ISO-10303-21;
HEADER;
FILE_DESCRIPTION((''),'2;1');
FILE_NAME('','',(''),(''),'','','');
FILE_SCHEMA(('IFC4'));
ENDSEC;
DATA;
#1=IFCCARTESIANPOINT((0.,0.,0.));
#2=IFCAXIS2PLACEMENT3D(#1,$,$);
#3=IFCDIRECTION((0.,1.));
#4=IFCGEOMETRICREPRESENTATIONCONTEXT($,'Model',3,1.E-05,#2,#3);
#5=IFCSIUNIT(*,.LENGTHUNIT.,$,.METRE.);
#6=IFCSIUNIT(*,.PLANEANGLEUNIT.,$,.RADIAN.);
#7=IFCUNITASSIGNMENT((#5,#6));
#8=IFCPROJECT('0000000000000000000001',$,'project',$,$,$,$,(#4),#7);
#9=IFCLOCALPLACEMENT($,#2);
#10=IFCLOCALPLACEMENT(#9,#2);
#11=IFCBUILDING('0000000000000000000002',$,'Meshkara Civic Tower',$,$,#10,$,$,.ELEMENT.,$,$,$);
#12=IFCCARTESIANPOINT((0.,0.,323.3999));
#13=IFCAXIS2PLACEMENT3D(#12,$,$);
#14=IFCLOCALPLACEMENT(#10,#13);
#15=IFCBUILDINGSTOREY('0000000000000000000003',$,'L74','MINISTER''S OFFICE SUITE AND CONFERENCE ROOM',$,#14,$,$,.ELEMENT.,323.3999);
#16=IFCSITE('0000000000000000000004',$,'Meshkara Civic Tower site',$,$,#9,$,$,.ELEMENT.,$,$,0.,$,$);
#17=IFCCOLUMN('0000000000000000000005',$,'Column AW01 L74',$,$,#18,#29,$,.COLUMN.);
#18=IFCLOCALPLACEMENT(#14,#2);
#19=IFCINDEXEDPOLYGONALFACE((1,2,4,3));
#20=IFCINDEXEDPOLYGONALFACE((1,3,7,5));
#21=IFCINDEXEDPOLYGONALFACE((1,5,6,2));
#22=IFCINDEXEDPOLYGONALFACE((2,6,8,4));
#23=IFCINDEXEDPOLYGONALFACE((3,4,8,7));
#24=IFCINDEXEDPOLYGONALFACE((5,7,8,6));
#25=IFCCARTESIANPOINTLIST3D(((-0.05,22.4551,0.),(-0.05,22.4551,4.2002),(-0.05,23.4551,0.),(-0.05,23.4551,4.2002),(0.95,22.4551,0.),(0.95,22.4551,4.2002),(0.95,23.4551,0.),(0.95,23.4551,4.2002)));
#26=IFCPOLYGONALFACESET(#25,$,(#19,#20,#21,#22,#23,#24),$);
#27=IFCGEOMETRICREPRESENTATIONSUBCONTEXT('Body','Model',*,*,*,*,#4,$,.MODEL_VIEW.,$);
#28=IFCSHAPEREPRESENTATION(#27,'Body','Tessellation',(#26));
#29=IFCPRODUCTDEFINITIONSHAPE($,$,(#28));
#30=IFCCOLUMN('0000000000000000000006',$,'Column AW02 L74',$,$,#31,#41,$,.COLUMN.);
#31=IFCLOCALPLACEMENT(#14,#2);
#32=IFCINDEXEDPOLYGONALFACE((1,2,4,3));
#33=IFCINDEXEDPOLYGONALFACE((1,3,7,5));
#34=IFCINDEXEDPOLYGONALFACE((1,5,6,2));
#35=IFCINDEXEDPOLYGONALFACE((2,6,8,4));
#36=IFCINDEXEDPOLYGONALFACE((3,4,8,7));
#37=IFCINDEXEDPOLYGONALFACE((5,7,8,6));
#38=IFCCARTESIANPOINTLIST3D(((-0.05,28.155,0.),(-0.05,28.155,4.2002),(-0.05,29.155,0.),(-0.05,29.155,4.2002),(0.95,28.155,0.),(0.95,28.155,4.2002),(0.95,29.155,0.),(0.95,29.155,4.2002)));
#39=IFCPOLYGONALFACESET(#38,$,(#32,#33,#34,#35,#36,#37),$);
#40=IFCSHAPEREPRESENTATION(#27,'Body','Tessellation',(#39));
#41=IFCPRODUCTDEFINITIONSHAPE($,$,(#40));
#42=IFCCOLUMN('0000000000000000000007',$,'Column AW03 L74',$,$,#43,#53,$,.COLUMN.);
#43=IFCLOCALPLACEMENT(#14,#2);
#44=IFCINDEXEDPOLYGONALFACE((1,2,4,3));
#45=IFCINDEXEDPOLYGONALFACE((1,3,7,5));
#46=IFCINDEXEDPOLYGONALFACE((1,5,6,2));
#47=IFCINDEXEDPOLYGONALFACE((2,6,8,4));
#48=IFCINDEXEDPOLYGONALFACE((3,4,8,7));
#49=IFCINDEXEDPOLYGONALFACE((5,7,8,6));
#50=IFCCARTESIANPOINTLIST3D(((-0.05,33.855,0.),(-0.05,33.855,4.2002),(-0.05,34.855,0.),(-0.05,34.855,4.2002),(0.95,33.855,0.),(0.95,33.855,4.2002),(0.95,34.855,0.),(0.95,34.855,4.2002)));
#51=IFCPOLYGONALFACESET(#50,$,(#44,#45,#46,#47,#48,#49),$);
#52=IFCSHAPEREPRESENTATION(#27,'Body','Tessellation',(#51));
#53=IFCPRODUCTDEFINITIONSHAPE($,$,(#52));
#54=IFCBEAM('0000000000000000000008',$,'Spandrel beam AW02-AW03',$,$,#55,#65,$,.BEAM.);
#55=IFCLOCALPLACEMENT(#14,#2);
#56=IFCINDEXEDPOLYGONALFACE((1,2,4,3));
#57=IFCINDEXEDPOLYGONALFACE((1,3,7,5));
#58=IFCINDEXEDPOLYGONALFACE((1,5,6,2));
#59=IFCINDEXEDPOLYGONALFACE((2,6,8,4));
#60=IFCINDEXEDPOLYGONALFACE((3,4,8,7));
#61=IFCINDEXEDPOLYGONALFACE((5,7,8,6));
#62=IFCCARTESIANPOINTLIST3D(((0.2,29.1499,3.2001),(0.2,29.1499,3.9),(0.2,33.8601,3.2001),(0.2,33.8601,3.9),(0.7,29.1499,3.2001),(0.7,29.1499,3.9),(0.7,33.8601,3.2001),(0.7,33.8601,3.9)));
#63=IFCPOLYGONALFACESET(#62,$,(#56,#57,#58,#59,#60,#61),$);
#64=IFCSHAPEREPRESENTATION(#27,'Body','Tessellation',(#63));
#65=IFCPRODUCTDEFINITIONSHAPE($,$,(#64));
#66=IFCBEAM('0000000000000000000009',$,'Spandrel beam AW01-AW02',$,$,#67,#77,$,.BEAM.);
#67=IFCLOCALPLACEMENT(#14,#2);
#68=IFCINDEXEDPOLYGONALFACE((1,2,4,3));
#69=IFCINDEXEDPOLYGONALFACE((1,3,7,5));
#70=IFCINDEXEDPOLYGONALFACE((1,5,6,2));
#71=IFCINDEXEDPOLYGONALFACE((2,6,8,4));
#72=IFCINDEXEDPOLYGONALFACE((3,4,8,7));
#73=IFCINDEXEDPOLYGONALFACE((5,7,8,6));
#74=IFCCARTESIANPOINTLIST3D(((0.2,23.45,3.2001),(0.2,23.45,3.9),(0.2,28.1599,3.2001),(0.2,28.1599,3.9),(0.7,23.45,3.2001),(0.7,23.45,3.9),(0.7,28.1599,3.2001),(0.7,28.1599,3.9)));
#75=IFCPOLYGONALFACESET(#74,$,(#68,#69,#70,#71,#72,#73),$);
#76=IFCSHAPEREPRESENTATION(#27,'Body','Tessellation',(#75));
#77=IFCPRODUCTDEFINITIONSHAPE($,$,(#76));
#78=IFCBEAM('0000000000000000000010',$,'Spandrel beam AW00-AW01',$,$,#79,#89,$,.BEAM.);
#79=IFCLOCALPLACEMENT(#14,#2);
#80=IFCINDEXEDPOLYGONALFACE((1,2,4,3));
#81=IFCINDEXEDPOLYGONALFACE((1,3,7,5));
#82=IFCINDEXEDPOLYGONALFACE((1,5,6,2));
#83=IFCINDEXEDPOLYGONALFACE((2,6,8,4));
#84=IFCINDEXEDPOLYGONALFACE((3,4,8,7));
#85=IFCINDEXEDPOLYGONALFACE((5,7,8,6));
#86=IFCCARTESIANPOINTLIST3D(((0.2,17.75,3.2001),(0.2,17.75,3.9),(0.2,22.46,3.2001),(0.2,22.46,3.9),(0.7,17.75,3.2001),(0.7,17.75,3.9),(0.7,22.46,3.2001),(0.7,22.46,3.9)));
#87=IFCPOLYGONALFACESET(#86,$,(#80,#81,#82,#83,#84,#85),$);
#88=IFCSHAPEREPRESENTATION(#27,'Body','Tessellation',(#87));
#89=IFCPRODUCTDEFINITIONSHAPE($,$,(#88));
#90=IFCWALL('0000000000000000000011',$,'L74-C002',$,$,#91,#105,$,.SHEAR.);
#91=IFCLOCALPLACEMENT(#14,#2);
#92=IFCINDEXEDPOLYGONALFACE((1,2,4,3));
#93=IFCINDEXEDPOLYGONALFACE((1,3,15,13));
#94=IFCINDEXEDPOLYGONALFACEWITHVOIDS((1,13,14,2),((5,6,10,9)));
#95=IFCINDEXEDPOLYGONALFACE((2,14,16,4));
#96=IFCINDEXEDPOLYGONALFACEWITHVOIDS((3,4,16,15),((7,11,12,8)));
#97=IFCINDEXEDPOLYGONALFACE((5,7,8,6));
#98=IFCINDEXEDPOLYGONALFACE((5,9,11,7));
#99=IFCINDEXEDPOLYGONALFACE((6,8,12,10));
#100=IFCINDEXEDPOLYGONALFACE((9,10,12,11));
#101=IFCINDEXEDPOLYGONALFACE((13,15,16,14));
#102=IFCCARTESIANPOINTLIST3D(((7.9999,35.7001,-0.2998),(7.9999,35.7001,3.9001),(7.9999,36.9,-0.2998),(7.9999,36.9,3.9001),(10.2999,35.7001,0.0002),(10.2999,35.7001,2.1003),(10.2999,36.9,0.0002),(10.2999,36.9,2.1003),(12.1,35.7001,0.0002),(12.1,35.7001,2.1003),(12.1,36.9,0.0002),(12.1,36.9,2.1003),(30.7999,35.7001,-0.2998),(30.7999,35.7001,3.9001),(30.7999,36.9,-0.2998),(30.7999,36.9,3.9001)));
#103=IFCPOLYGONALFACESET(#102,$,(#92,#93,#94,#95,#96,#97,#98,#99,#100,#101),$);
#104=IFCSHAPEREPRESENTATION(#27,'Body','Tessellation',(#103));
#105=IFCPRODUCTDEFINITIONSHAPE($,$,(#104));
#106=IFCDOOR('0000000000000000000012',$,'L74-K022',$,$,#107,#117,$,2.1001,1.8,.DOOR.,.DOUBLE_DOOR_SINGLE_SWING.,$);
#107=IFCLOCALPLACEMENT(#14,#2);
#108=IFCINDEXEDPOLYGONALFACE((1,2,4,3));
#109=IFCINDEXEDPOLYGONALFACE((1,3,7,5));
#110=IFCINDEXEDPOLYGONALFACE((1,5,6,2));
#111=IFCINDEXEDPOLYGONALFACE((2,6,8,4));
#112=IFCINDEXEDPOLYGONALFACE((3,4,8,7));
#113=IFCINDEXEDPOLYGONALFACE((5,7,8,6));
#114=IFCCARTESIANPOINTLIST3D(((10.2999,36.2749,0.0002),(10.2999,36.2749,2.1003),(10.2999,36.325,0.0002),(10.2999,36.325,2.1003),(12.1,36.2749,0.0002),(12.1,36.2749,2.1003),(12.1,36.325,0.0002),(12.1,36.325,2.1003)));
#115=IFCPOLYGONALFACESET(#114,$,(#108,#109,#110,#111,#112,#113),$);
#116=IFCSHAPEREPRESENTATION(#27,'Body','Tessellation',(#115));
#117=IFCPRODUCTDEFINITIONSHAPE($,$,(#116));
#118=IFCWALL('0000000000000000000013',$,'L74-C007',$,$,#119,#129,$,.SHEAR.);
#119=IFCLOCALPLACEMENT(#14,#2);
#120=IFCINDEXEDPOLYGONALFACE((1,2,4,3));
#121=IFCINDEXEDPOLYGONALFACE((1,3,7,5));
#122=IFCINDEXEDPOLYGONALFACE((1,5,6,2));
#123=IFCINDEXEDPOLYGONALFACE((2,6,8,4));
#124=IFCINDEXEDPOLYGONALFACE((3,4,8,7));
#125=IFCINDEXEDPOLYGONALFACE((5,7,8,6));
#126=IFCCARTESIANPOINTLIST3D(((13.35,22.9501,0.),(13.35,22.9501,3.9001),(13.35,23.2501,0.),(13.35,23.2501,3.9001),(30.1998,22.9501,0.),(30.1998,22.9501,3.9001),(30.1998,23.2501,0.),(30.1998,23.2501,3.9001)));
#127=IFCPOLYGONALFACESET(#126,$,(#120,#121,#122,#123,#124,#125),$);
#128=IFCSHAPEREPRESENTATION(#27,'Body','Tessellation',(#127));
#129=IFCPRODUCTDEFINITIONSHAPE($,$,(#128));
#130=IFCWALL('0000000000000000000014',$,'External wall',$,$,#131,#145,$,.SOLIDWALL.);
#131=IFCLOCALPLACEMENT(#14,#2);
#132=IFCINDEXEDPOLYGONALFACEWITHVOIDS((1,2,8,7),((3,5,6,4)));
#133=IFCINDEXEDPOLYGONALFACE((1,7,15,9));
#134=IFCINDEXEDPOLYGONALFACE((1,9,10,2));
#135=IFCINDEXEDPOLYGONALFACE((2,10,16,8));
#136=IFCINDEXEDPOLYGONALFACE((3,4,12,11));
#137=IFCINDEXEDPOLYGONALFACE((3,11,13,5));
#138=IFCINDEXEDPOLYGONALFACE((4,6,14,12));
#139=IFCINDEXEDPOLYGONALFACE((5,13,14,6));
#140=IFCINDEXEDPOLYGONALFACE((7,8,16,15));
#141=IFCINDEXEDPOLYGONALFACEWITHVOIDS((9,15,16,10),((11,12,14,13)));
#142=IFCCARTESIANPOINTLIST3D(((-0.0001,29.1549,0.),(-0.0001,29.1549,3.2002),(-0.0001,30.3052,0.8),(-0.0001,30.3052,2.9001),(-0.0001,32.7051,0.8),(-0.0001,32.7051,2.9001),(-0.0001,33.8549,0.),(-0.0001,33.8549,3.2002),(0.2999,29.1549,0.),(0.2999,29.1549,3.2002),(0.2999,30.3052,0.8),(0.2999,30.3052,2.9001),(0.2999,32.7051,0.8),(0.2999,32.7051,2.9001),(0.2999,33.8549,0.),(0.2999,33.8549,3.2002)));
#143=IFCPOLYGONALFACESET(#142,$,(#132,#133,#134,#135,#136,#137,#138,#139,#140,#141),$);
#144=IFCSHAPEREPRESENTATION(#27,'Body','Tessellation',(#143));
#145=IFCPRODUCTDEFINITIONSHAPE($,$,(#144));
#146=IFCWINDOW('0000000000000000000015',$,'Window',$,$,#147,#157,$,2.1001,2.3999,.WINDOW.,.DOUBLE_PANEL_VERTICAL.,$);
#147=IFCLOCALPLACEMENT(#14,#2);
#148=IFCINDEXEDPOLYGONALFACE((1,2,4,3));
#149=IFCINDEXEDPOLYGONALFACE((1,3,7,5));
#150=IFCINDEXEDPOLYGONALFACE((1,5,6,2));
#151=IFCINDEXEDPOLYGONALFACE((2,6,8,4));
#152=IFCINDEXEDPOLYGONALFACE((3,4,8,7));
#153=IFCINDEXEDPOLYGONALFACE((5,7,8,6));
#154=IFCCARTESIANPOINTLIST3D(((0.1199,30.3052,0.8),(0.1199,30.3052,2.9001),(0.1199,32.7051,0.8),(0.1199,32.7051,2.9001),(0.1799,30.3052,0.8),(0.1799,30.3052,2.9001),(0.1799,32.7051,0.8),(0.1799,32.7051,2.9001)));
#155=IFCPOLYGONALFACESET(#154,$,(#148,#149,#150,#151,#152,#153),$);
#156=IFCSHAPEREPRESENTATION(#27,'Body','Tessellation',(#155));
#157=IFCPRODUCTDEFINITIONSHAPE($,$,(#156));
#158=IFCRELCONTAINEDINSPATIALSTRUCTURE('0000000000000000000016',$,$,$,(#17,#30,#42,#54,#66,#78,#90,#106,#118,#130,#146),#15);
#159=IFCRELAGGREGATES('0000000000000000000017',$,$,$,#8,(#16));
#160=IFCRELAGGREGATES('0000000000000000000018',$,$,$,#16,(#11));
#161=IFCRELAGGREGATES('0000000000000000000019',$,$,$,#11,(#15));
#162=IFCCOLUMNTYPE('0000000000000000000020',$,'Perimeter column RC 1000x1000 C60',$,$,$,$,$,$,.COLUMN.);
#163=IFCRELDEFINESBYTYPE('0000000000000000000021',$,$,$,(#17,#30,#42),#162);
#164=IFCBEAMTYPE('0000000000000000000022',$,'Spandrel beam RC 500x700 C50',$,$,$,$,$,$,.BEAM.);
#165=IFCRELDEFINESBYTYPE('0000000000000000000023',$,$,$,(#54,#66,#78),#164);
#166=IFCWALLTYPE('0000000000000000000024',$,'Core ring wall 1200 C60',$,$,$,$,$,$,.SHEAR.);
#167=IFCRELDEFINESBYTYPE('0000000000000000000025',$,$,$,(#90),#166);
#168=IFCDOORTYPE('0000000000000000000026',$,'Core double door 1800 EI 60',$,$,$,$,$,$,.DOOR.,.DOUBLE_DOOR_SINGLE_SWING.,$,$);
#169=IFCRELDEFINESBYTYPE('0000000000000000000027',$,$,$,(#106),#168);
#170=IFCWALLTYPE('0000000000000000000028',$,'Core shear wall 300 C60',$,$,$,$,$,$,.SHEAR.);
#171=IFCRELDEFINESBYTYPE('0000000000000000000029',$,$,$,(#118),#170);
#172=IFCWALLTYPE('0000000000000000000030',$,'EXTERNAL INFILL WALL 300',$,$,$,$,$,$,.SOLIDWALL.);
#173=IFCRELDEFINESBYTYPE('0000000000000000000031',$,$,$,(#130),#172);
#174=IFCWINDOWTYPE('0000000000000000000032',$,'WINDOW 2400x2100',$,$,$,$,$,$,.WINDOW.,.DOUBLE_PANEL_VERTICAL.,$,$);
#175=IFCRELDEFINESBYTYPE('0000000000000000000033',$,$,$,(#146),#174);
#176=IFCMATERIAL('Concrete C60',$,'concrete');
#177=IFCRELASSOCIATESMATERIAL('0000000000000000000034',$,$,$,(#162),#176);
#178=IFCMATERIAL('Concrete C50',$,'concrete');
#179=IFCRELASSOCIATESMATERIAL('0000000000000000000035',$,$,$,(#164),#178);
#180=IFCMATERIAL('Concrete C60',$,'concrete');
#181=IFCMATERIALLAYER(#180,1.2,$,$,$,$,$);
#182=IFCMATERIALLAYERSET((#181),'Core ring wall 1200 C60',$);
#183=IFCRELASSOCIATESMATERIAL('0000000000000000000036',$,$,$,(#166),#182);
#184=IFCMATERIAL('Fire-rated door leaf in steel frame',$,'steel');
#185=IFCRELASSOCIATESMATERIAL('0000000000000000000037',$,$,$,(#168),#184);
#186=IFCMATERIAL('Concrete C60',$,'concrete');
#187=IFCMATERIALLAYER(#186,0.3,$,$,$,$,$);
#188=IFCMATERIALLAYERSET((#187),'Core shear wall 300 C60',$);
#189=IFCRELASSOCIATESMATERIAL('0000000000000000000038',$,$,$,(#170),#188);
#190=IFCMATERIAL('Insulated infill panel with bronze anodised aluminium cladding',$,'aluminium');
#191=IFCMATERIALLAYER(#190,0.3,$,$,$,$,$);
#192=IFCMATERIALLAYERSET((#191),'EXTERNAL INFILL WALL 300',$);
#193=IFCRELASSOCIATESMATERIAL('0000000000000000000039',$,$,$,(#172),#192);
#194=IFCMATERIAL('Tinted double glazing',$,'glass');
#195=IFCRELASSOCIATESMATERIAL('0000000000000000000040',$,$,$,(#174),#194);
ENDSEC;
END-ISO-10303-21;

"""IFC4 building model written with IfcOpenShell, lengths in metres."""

from ifc_helpers import new_model, si_unit, direction, frame, frame_2d, origin, origin_2d, place, context, subcontext, project, spatial, rectangle, extrude, material, layer, layer_set, material_profile, profile_set, type_object, element, fill, save


model = new_model("IFC4")

# Units and contexts
model_context = context("Model", 3, precision=1e-05, world=origin(), true_north=direction((0.0, 1.0)))
body_context = subcontext(model_context, "Body", "Model", "MODEL_VIEW")
ifc_project = project(units=[si_unit("LENGTHUNIT", "METRE"), si_unit("PLANEANGLEUNIT", "RADIAN")], contexts=[model_context])

# Site, building, storey
site_placement = place(None, origin())
site = spatial("IfcSite", under=ifc_project, at=site_placement, Name="Meshkara Civic Tower site", CompositionType="ELEMENT", RefElevation=0.0)
building_placement = place(site_placement, origin())
building = spatial("IfcBuilding", under=site, at=building_placement, Name="Meshkara Civic Tower", CompositionType="ELEMENT")
storey_placement = place(building_placement, frame((0.0, 0.0, 323.3999)))
storey = spatial("IfcBuildingStorey", under=building, at=storey_placement, Name="L74", Description="MINISTER'S OFFICE SUITE AND CONFERENCE ROOM", CompositionType="ELEMENT", Elevation=323.3999)

# Columns
ifc_material_1 = material(Name="Concrete C60", Category="concrete")
ifc_material_profile_1 = material_profile(ifc_material_1, rectangle(XDim=1.0, YDim=1.0, at=origin_2d()))
ifc_profile_set_1 = profile_set([ifc_material_profile_1], Name="Concrete C60")
column_type = type_object("IfcColumnType", Name="Perimeter column RC 1000x1000 C60", PredefinedType="COLUMN", material=ifc_profile_set_1)
for number, where, z_axis, x_axis, name in (
    (1, (0.45, 22.9551, 0.0), (0.0, 0.0, 1.0), (1.0, 0.0, 0.0), "Column AW01 L74"),
    (2, (0.45, 28.655, 0.0), (0.0, 0.0, 1.0), (1.0, 0.0, 0.0), "Column AW02 L74"),
    (3, (0.45, 34.355, 0.0), (0.0, 0.0, 1.0), (1.0, 0.0, 0.0), "Column AW03 L74"),
):
    element("IfcColumn", number, at=place(storey_placement, frame(where, z_axis=z_axis, x_axis=x_axis)), inside=storey, type_object=column_type, Name=name, PredefinedType="COLUMN", context=body_context, shape_type="SweptSolid", body=[
        extrude(rectangle(XDim=1.0, YDim=1.0, at=origin_2d()), origin(), (0.0, 0.0, 1.0), 4.2002),
    ])

# Beams
ifc_material_2 = material(Name="Concrete C50", Category="concrete")
ifc_material_profile_2 = material_profile(ifc_material_2, rectangle(XDim=0.5, YDim=0.7, at=origin_2d()))
ifc_profile_set_2 = profile_set([ifc_material_profile_2], Name="Concrete C50")
beam_type = type_object("IfcBeamType", Name="Spandrel beam RC 500x700 C50", PredefinedType="BEAM", material=ifc_profile_set_2)
beam_placement = place(storey_placement, frame((0.45, 33.8601, 3.55), z_axis=(0.0, -1.0, 0.0), x_axis=(1.0, 0.0, 0.0)))
element("IfcBeam", 4, at=beam_placement, inside=storey, type_object=beam_type, Name="Spandrel beam AW02-AW03", PredefinedType="BEAM", context=body_context, shape_type="SweptSolid", body=[
    extrude(rectangle(XDim=0.5, YDim=0.7, at=origin_2d()), origin(), (0.0, 0.0, 1.0), 4.7102),
])
for number, where, z_axis, x_axis, name in (
    (5, (0.45, 28.1599, 3.55), (0.0, -1.0, 0.0), (1.0, 0.0, 0.0), "Spandrel beam AW01-AW02"),
    (6, (0.45, 22.46, 3.55), (0.0, -1.0, 0.0), (1.0, 0.0, 0.0), "Spandrel beam AW00-AW01"),
):
    element("IfcBeam", number, at=place(storey_placement, frame(where, z_axis=z_axis, x_axis=x_axis)), inside=storey, type_object=beam_type, Name=name, PredefinedType="BEAM", context=body_context, shape_type="SweptSolid", body=[
        extrude(rectangle(XDim=0.5, YDim=0.7, at=origin_2d()), origin(), (0.0, 0.0, 1.0), 4.71),
    ])

# Wall, opening, door
ifc_material_3 = material(Name="Concrete C60", Category="concrete")
ifc_layer_1 = layer(ifc_material_3, 1.2)
ifc_layer_set_1 = layer_set([ifc_layer_1], Name="Core ring wall 1200 C60")
wall_type_1 = type_object("IfcWallType", Name="Core ring wall 1200 C60", PredefinedType="SHEAR", material=ifc_layer_set_1)
wall_1_placement = place(storey_placement, frame((8.0, 36.3, -0.2998), z_axis=(0.0, 0.0, 1.0), x_axis=(1.0, 0.0, 0.0)))
wall_1 = element("IfcWall", 7, at=wall_1_placement, inside=storey, type_object=wall_type_1, Name="L74-C002", PredefinedType="SHEAR", context=body_context, shape_type="SweptSolid", body=[
    extrude(rectangle(XDim=22.8, YDim=1.2, at=frame_2d((11.3999, 0.0))), origin(), (0.0, 0.0, 1.0), 4.2),
])
opening_1_placement = place(wall_1_placement, frame((2.3, 0.0, 0.3)))
opening_1 = element("IfcOpeningElement", 8, at=opening_1_placement, cuts=wall_1, PredefinedType="OPENING", context=body_context, shape_type="SweptSolid", body=[
    extrude(rectangle(XDim=1.8, YDim=2.1001, at=frame_2d((0.8999, 1.05))), frame((0.0, 0.6099, 0.0), z_axis=(0.0, -1.0, 0.0), x_axis=(1.0, 0.0, 0.0)), (0.0, 0.0, 1.0), 1.22),
])
ifc_material_4 = material(Name="Fire-rated door leaf in steel frame", Category="steel")
door_type_1 = type_object("IfcDoorType", Name="Core double door 1800 EI 60", OperationType="DOUBLE_DOOR_SINGLE_SWING", PredefinedType="DOOR", material=ifc_material_4)
door_1_placement = place(opening_1_placement, origin())
door_1 = element("IfcDoor", 9, at=door_1_placement, inside=storey, type_object=door_type_1, Name="L74-K022", OperationType="DOUBLE_DOOR_SINGLE_SWING", OverallHeight=2.1001, OverallWidth=1.8, PredefinedType="DOOR", context=body_context, shape_type="SweptSolid", body=[
    extrude(rectangle(XDim=1.8, YDim=2.1001, at=frame_2d((0.8999, 1.05))), frame((0.0, 0.0249, 0.0), z_axis=(0.0, -1.0, 0.0), x_axis=(1.0, 0.0, 0.0)), (0.0, 0.0, 1.0), 0.05),
])
fill(opening_1, door_1)

# Wall
ifc_material_5 = material(Name="Concrete C60", Category="concrete")
ifc_layer_2 = layer(ifc_material_5, 0.3)
ifc_layer_set_2 = layer_set([ifc_layer_2], Name="Core shear wall 300 C60")
wall_type_2 = type_object("IfcWallType", Name="Core shear wall 300 C60", PredefinedType="SHEAR", material=ifc_layer_set_2)
wall_2_placement = place(storey_placement, frame((13.3501, 23.1001, 0.0), z_axis=(0.0, 0.0, 1.0), x_axis=(1.0, 0.0, 0.0)))
element("IfcWall", 10, at=wall_2_placement, inside=storey, type_object=wall_type_2, Name="L74-C007", PredefinedType="SHEAR", context=body_context, shape_type="SweptSolid", body=[
    extrude(rectangle(XDim=16.8499, YDim=0.3, at=frame_2d((8.4248, 0.0))), origin(), (0.0, 0.0, 1.0), 3.9001),
])

# Wall, opening, window
ifc_material_6 = material(Name="Insulated infill panel with bronze anodised aluminium cladding", Category="aluminium")
ifc_layer_3 = layer(ifc_material_6, 0.3)
ifc_layer_set_3 = layer_set([ifc_layer_3], Name="EXTERNAL INFILL WALL 300")
wall_type_3 = type_object("IfcWallType", Name="EXTERNAL INFILL WALL 300", PredefinedType="SOLIDWALL", material=ifc_layer_set_3)
wall_3_placement = place(storey_placement, frame((0.1499, 33.855, 0.0), z_axis=(0.0, 0.0, 1.0), x_axis=(0.0, -1.0, 0.0)))
wall_3 = element("IfcWall", 11, at=wall_3_placement, inside=storey, type_object=wall_type_3, Name="External wall", PredefinedType="SOLIDWALL", context=body_context, shape_type="SweptSolid", body=[
    extrude(rectangle(XDim=4.7, YDim=0.3, at=frame_2d((2.3501, 0.0))), origin(), (0.0, 0.0, 1.0), 3.2002),
])
opening_2_placement = place(wall_3_placement, frame((1.1499, 0.0, 0.8)))
opening_2 = element("IfcOpeningElement", 12, at=opening_2_placement, cuts=wall_3, PredefinedType="OPENING", context=body_context, shape_type="SweptSolid", body=[
    extrude(rectangle(XDim=2.3999, YDim=2.1001, at=frame_2d((1.2, 1.05))), frame((0.0, 0.1599, 0.0), z_axis=(0.0, -1.0, 0.0), x_axis=(1.0, 0.0, 0.0)), (0.0, 0.0, 1.0), 0.3201),
])
ifc_material_7 = material(Name="Tinted double glazing", Category="glass")
window_type = type_object("IfcWindowType", Name="WINDOW 2400x2100", PartitioningType="DOUBLE_PANEL_VERTICAL", PredefinedType="WINDOW", material=ifc_material_7)
window_1_placement = place(opening_2_placement, origin())
window_1 = element("IfcWindow", 13, at=window_1_placement, inside=storey, type_object=window_type, Name="Window", OverallHeight=2.1001, OverallWidth=2.3999, PartitioningType="DOUBLE_PANEL_VERTICAL", PredefinedType="WINDOW", context=body_context, shape_type="SweptSolid", body=[
    extrude(rectangle(XDim=2.3999, YDim=2.1001, at=frame_2d((1.2, 1.05))), frame((0.0, 0.03, 0.0), z_axis=(0.0, -1.0, 0.0), x_axis=(1.0, 0.0, 0.0)), (0.0, 0.0, 1.0), 0.0601),
])
fill(opening_2, window_1)

save(model, "model.ifc")
